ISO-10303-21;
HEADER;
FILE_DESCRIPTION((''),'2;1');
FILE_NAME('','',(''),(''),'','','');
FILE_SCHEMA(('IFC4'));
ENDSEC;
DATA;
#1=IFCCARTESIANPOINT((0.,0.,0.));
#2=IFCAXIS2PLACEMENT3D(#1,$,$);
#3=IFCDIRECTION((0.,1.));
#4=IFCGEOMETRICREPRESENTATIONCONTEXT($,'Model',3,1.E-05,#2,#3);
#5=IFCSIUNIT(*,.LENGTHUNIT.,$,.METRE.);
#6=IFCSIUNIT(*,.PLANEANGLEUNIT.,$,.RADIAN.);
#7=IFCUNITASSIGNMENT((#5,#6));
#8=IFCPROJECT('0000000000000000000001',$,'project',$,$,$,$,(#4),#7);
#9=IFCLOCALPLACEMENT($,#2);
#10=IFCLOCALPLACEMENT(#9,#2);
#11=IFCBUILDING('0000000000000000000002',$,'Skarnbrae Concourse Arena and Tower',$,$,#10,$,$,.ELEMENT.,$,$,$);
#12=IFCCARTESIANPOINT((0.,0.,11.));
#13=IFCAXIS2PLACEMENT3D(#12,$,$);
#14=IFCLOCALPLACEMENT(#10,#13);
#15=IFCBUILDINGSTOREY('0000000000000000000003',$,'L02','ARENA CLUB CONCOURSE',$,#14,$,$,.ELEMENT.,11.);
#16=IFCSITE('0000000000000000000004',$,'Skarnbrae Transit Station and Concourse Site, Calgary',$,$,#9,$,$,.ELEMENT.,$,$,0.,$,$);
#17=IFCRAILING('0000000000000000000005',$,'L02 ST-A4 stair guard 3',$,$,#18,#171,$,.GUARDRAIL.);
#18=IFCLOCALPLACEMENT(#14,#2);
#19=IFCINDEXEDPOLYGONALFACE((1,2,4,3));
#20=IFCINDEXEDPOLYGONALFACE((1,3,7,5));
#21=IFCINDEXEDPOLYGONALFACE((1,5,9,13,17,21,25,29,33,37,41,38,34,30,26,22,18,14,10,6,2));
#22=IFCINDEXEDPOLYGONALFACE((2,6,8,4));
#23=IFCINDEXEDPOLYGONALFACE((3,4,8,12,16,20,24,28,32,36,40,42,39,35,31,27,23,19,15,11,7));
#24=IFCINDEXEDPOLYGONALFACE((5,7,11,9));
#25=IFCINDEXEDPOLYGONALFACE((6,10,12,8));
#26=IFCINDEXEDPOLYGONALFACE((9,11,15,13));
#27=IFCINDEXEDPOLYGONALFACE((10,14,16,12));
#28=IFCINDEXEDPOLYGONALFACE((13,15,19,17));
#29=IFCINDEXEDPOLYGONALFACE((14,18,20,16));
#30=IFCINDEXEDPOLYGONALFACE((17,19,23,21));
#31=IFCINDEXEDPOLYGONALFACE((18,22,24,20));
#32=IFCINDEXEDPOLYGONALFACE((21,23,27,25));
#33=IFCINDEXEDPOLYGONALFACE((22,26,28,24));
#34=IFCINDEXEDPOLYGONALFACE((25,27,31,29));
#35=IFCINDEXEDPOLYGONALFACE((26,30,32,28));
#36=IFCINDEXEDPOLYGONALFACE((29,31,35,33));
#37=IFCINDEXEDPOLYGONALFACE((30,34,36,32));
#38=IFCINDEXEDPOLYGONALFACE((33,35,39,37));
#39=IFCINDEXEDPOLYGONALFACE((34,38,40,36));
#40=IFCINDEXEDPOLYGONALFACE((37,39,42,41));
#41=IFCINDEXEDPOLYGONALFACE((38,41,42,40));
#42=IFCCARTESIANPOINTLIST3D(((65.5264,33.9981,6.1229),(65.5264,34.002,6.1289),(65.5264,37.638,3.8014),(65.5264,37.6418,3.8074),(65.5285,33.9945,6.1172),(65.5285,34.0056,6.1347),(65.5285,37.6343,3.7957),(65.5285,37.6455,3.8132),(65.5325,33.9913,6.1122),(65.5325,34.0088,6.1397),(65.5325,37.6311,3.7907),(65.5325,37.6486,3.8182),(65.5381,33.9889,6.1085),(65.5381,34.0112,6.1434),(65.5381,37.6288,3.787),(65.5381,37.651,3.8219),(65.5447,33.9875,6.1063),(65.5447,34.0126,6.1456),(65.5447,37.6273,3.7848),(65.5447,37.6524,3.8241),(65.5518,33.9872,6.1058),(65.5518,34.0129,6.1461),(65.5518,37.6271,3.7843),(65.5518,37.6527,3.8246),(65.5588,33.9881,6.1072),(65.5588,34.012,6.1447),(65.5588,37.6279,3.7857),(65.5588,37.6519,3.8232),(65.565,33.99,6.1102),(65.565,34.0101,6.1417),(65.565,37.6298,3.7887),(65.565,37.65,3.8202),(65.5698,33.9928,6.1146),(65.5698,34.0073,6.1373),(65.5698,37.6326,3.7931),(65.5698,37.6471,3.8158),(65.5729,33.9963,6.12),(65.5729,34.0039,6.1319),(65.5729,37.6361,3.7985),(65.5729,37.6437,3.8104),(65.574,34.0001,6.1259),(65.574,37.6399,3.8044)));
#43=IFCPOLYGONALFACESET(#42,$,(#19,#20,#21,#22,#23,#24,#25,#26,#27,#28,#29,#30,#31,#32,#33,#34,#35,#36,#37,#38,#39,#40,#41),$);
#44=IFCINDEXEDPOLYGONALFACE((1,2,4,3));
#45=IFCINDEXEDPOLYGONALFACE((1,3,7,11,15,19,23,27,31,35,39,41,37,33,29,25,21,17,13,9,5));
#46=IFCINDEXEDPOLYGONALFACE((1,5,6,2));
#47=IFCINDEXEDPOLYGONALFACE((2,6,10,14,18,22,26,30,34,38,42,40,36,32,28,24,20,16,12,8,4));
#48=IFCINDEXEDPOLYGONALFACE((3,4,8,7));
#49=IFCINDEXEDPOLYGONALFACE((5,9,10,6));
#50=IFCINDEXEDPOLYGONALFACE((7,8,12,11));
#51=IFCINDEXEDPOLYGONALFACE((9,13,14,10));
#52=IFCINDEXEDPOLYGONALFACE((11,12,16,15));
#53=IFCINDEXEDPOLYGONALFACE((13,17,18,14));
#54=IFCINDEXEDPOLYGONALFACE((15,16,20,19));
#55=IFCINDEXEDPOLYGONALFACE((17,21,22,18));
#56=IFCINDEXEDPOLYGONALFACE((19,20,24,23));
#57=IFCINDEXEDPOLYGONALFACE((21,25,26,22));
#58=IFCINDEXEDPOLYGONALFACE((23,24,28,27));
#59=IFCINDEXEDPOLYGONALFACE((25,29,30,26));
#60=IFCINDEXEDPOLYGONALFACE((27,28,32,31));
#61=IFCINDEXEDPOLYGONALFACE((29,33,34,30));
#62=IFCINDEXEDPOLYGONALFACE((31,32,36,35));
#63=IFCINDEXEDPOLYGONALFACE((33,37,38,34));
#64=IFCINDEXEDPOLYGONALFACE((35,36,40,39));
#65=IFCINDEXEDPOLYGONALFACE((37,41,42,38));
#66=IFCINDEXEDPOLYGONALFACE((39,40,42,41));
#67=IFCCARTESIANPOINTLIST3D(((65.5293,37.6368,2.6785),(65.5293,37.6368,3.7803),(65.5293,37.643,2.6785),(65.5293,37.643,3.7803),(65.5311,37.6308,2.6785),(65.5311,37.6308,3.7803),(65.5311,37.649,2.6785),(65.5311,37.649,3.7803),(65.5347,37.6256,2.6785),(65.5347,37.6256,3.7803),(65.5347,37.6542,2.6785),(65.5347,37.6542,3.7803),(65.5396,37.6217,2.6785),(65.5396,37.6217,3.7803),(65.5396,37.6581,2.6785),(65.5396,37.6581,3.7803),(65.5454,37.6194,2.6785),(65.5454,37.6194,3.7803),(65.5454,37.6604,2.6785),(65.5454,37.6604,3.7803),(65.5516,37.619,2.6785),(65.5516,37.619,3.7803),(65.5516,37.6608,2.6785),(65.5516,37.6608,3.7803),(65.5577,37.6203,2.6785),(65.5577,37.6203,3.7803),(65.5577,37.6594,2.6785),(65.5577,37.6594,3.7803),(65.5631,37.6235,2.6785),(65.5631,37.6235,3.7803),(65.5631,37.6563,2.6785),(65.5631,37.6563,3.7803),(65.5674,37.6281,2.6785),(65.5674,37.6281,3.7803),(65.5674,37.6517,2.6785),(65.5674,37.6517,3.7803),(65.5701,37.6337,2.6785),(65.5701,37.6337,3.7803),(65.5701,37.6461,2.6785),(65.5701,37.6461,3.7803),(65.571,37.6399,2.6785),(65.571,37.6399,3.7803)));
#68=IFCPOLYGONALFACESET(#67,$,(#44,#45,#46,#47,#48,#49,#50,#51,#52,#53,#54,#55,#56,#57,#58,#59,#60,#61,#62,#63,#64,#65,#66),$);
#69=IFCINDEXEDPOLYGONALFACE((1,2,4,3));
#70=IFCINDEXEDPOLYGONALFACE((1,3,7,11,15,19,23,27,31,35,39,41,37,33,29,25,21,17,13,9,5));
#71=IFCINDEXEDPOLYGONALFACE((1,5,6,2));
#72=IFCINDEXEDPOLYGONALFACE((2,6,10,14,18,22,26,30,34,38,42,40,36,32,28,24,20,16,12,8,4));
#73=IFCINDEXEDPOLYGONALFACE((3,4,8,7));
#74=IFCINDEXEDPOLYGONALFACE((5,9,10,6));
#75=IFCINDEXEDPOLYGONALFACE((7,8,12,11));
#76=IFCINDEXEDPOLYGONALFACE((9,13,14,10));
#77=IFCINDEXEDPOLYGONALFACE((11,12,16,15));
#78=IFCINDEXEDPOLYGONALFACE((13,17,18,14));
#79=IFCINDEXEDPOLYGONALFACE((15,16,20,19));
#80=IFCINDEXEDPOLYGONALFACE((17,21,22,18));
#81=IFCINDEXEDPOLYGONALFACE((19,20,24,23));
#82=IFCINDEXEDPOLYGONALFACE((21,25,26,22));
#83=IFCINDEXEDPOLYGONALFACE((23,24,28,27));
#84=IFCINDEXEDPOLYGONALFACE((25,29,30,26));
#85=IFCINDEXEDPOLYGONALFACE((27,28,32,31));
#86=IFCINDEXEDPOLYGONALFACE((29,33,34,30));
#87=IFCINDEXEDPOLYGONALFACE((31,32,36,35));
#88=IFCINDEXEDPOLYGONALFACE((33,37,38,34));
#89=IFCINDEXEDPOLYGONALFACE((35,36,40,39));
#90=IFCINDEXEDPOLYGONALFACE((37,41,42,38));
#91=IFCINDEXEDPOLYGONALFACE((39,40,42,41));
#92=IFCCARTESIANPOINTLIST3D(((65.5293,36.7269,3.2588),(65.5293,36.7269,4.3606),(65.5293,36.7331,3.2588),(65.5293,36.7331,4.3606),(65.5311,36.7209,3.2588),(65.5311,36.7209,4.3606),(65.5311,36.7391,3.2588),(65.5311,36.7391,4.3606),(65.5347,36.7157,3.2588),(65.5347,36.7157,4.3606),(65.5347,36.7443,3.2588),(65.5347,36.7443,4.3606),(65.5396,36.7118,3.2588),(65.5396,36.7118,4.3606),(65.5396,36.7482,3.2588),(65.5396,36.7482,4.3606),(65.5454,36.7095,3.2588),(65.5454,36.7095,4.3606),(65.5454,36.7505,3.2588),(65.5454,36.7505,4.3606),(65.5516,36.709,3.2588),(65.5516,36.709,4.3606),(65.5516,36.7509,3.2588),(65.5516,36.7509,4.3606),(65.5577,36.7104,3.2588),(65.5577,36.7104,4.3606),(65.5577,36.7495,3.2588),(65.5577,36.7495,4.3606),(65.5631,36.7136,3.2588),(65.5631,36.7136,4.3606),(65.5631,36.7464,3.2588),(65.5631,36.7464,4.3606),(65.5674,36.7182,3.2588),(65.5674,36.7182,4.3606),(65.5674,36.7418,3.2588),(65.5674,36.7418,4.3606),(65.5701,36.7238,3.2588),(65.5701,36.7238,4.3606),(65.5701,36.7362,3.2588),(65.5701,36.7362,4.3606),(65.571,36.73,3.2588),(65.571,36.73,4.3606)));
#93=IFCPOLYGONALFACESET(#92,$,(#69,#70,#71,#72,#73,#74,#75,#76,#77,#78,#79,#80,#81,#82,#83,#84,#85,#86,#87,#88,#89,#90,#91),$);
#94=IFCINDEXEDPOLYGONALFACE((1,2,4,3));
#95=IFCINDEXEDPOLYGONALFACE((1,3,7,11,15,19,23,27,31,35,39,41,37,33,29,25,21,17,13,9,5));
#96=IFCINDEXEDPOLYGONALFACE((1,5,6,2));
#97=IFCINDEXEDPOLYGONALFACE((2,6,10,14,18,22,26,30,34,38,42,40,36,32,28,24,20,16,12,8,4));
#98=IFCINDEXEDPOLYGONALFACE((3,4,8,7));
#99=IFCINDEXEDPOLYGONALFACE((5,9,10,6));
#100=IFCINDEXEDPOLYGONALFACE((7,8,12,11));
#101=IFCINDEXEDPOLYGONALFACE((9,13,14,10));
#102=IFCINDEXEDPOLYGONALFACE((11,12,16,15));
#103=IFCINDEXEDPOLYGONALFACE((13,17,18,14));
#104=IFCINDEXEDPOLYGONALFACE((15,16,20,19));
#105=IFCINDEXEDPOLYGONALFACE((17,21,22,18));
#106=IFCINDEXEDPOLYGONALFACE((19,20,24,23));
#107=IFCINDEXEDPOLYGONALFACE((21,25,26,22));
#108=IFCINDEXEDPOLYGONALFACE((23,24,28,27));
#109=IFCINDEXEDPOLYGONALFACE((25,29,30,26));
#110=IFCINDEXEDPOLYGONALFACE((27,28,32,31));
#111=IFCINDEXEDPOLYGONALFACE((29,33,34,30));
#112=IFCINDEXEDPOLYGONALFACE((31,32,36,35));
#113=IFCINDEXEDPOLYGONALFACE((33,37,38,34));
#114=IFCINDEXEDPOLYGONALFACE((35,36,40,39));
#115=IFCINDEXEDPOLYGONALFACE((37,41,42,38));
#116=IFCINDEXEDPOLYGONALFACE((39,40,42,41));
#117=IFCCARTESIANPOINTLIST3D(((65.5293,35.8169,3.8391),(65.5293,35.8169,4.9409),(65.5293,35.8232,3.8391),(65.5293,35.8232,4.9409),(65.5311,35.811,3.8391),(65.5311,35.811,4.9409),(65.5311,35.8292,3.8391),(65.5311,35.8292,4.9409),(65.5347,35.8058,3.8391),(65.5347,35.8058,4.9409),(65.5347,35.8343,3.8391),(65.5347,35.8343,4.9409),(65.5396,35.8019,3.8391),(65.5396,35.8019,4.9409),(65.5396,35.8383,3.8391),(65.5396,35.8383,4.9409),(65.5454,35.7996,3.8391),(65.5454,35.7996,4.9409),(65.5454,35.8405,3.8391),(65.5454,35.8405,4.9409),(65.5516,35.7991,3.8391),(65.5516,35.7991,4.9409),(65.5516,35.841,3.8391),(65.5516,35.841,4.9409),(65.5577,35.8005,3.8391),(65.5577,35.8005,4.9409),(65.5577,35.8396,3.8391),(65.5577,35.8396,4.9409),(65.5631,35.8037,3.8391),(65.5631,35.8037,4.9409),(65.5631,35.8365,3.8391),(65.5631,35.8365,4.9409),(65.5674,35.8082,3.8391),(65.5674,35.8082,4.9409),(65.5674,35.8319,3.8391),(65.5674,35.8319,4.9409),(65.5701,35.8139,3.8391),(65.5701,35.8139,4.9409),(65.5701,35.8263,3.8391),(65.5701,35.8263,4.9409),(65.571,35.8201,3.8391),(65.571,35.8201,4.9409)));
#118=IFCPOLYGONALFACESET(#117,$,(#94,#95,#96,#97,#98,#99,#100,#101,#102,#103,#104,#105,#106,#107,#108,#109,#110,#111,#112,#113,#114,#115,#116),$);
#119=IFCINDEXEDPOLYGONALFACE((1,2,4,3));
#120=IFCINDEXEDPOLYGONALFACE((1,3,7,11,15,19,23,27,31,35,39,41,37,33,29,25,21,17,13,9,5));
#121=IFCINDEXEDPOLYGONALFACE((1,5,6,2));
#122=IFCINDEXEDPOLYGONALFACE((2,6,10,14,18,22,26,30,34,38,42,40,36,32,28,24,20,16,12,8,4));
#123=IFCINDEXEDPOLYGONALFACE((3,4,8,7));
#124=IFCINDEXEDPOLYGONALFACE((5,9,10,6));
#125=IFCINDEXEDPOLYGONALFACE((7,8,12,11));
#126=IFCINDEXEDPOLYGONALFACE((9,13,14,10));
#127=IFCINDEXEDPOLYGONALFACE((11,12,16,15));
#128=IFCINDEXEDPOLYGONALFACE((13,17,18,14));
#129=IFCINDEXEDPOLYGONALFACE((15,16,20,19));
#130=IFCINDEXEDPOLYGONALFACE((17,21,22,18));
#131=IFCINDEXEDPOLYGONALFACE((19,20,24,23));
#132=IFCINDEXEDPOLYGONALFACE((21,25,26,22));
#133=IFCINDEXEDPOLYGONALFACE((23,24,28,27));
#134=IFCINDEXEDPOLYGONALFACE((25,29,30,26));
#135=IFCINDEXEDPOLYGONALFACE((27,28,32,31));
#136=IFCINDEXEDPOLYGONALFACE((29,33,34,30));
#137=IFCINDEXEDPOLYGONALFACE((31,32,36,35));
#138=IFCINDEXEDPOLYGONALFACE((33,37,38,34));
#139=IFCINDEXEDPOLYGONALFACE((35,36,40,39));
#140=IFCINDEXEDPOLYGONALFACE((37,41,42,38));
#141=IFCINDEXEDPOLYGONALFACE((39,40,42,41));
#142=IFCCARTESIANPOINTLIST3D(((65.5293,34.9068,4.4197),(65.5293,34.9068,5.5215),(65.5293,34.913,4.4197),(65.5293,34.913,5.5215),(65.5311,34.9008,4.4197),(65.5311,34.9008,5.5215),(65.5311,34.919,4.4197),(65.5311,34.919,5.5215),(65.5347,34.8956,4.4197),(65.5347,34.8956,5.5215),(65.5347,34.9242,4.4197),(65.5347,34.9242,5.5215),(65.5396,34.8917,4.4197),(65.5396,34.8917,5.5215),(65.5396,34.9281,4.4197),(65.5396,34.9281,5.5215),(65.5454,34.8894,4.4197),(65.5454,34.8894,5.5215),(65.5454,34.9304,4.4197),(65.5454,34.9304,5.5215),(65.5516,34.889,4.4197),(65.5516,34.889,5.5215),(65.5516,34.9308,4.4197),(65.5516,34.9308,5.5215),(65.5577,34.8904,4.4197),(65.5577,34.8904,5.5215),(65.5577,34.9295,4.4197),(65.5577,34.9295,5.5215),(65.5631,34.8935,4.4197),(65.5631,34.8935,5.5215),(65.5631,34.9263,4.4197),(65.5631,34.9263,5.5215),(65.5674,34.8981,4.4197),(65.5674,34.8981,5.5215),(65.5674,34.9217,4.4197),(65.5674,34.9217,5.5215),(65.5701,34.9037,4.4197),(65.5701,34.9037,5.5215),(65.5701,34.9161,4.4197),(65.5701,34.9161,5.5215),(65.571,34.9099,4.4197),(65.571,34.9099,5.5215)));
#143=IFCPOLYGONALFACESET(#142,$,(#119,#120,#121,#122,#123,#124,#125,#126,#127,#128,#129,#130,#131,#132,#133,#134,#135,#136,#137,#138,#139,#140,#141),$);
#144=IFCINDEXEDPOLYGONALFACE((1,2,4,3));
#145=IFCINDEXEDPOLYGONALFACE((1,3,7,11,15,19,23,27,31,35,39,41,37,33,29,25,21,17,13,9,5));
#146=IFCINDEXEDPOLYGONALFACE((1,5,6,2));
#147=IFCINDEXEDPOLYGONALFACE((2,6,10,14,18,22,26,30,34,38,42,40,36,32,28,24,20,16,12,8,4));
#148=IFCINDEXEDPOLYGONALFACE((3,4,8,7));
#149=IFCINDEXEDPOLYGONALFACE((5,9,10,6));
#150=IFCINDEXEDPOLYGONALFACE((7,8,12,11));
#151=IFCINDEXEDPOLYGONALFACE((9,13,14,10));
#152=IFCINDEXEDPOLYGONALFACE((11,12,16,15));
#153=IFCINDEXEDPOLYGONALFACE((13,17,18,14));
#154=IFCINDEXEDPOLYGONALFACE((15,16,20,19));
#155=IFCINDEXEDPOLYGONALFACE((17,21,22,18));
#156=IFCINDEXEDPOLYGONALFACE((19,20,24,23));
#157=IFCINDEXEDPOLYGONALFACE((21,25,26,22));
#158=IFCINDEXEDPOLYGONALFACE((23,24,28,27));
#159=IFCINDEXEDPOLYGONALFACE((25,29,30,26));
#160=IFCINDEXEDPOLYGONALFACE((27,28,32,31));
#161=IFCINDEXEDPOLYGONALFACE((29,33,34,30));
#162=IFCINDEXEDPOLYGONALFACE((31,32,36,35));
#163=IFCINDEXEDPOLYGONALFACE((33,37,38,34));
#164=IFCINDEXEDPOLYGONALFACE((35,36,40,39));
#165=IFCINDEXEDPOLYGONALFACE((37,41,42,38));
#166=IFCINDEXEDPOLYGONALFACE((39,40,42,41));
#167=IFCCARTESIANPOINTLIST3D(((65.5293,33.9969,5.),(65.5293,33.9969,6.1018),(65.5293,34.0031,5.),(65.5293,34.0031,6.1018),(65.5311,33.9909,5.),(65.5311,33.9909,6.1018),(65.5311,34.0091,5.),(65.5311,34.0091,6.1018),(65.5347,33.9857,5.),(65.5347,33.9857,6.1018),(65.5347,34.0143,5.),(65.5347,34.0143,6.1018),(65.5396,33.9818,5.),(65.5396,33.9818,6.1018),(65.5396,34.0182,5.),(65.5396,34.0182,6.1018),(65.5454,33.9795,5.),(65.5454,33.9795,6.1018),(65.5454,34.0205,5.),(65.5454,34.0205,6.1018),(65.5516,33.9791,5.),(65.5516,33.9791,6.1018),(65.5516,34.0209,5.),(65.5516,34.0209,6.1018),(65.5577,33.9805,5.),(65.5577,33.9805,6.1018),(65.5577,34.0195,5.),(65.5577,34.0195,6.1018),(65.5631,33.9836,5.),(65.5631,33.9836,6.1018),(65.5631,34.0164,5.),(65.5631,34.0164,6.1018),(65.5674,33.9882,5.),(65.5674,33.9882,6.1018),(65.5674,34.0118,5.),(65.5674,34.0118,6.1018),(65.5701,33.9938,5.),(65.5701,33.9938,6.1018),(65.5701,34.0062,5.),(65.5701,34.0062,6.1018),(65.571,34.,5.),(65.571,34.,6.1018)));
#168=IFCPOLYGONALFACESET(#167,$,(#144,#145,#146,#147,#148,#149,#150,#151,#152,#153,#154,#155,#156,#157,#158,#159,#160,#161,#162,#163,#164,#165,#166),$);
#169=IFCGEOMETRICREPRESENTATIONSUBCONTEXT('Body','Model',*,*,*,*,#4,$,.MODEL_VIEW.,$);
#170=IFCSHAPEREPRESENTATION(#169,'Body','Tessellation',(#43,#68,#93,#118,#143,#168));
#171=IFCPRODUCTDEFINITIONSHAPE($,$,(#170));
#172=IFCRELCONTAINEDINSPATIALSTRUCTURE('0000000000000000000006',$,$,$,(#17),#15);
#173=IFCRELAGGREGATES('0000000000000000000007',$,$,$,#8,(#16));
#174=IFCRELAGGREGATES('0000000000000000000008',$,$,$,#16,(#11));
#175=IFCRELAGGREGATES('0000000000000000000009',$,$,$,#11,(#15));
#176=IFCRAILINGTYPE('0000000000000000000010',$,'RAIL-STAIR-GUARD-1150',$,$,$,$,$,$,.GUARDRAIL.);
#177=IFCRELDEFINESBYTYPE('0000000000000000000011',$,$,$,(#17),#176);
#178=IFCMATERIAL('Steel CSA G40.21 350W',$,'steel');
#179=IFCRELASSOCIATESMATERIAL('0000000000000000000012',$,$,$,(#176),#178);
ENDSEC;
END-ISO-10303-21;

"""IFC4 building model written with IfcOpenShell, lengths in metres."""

from ifc_helpers import new_model, si_unit, direction, frame, origin, origin_2d, place, context, subcontext, project, spatial, circle, extrude, material, type_object, element, save


model = new_model("IFC4")

# Units and contexts
model_context = context("Model", 3, precision=1e-05, world=origin(), true_north=direction((0.0, 1.0)))
body_context = subcontext(model_context, "Body", "Model", "MODEL_VIEW")
ifc_project = project(units=[si_unit("LENGTHUNIT", "METRE"), si_unit("PLANEANGLEUNIT", "RADIAN")], contexts=[model_context])

# Site, building, storey
site_placement = place(None, origin())
site = spatial("IfcSite", under=ifc_project, at=site_placement, Name="Skarnbrae Transit Station and Concourse Site, Calgary", CompositionType="ELEMENT", RefElevation=0.0)
building_placement = place(site_placement, origin())
building = spatial("IfcBuilding", under=site, at=building_placement, Name="Skarnbrae Concourse Arena and Tower", CompositionType="ELEMENT")
storey_placement = place(building_placement, frame((0.0, 0.0, 11.0)))
storey = spatial("IfcBuildingStorey", under=building, at=storey_placement, Name="L02", Description="ARENA CLUB CONCOURSE", CompositionType="ELEMENT", Elevation=11.0)

# Shared definitions
ifc_material_1 = material(Name="Steel CSA G40.21 350W", Category="steel")

# Railing
railing_type_1 = type_object("IfcRailingType", Name="RAIL-STAIR-GUARD-1150", PredefinedType="GUARDRAIL", material=ifc_material_1)
railing_1_placement = place(storey_placement, frame((65.55, 37.6399, 2.6785)))
element("IfcRailing", 1, at=railing_1_placement, inside=storey, type_object=railing_type_1, Name="L02 ST-A4 stair guard 3", PredefinedType="GUARDRAIL", context=body_context, shape_type="SweptSolid", body=[
    extrude(circle(Radius=0.0239, at=origin_2d()), frame((0.0, 0.0, 1.126), z_axis=(0.0, -0.843112, 0.537739), x_axis=(1.0, 0.0, 0.0)), (0.0, 0.0, 1.0), 4.3171),
    extrude(circle(Radius=0.021, at=origin_2d()), origin(), (0.0, 0.0, 1.0), 1.1018),
    extrude(circle(Radius=0.021, at=origin_2d()), frame((0.0, -0.9099, 0.5803)), (0.0, 0.0, 1.0), 1.1018),
    extrude(circle(Radius=0.021, at=origin_2d()), frame((0.0, -1.8198, 1.1606)), (0.0, 0.0, 1.0), 1.1018),
    extrude(circle(Radius=0.021, at=origin_2d()), frame((0.0, -2.73, 1.7412)), (0.0, 0.0, 1.0), 1.1018),
    extrude(circle(Radius=0.021, at=origin_2d()), frame((0.0, -3.6399, 2.3215)), (0.0, 0.0, 1.0), 1.1018),
])

save(model, "model.ifc")
